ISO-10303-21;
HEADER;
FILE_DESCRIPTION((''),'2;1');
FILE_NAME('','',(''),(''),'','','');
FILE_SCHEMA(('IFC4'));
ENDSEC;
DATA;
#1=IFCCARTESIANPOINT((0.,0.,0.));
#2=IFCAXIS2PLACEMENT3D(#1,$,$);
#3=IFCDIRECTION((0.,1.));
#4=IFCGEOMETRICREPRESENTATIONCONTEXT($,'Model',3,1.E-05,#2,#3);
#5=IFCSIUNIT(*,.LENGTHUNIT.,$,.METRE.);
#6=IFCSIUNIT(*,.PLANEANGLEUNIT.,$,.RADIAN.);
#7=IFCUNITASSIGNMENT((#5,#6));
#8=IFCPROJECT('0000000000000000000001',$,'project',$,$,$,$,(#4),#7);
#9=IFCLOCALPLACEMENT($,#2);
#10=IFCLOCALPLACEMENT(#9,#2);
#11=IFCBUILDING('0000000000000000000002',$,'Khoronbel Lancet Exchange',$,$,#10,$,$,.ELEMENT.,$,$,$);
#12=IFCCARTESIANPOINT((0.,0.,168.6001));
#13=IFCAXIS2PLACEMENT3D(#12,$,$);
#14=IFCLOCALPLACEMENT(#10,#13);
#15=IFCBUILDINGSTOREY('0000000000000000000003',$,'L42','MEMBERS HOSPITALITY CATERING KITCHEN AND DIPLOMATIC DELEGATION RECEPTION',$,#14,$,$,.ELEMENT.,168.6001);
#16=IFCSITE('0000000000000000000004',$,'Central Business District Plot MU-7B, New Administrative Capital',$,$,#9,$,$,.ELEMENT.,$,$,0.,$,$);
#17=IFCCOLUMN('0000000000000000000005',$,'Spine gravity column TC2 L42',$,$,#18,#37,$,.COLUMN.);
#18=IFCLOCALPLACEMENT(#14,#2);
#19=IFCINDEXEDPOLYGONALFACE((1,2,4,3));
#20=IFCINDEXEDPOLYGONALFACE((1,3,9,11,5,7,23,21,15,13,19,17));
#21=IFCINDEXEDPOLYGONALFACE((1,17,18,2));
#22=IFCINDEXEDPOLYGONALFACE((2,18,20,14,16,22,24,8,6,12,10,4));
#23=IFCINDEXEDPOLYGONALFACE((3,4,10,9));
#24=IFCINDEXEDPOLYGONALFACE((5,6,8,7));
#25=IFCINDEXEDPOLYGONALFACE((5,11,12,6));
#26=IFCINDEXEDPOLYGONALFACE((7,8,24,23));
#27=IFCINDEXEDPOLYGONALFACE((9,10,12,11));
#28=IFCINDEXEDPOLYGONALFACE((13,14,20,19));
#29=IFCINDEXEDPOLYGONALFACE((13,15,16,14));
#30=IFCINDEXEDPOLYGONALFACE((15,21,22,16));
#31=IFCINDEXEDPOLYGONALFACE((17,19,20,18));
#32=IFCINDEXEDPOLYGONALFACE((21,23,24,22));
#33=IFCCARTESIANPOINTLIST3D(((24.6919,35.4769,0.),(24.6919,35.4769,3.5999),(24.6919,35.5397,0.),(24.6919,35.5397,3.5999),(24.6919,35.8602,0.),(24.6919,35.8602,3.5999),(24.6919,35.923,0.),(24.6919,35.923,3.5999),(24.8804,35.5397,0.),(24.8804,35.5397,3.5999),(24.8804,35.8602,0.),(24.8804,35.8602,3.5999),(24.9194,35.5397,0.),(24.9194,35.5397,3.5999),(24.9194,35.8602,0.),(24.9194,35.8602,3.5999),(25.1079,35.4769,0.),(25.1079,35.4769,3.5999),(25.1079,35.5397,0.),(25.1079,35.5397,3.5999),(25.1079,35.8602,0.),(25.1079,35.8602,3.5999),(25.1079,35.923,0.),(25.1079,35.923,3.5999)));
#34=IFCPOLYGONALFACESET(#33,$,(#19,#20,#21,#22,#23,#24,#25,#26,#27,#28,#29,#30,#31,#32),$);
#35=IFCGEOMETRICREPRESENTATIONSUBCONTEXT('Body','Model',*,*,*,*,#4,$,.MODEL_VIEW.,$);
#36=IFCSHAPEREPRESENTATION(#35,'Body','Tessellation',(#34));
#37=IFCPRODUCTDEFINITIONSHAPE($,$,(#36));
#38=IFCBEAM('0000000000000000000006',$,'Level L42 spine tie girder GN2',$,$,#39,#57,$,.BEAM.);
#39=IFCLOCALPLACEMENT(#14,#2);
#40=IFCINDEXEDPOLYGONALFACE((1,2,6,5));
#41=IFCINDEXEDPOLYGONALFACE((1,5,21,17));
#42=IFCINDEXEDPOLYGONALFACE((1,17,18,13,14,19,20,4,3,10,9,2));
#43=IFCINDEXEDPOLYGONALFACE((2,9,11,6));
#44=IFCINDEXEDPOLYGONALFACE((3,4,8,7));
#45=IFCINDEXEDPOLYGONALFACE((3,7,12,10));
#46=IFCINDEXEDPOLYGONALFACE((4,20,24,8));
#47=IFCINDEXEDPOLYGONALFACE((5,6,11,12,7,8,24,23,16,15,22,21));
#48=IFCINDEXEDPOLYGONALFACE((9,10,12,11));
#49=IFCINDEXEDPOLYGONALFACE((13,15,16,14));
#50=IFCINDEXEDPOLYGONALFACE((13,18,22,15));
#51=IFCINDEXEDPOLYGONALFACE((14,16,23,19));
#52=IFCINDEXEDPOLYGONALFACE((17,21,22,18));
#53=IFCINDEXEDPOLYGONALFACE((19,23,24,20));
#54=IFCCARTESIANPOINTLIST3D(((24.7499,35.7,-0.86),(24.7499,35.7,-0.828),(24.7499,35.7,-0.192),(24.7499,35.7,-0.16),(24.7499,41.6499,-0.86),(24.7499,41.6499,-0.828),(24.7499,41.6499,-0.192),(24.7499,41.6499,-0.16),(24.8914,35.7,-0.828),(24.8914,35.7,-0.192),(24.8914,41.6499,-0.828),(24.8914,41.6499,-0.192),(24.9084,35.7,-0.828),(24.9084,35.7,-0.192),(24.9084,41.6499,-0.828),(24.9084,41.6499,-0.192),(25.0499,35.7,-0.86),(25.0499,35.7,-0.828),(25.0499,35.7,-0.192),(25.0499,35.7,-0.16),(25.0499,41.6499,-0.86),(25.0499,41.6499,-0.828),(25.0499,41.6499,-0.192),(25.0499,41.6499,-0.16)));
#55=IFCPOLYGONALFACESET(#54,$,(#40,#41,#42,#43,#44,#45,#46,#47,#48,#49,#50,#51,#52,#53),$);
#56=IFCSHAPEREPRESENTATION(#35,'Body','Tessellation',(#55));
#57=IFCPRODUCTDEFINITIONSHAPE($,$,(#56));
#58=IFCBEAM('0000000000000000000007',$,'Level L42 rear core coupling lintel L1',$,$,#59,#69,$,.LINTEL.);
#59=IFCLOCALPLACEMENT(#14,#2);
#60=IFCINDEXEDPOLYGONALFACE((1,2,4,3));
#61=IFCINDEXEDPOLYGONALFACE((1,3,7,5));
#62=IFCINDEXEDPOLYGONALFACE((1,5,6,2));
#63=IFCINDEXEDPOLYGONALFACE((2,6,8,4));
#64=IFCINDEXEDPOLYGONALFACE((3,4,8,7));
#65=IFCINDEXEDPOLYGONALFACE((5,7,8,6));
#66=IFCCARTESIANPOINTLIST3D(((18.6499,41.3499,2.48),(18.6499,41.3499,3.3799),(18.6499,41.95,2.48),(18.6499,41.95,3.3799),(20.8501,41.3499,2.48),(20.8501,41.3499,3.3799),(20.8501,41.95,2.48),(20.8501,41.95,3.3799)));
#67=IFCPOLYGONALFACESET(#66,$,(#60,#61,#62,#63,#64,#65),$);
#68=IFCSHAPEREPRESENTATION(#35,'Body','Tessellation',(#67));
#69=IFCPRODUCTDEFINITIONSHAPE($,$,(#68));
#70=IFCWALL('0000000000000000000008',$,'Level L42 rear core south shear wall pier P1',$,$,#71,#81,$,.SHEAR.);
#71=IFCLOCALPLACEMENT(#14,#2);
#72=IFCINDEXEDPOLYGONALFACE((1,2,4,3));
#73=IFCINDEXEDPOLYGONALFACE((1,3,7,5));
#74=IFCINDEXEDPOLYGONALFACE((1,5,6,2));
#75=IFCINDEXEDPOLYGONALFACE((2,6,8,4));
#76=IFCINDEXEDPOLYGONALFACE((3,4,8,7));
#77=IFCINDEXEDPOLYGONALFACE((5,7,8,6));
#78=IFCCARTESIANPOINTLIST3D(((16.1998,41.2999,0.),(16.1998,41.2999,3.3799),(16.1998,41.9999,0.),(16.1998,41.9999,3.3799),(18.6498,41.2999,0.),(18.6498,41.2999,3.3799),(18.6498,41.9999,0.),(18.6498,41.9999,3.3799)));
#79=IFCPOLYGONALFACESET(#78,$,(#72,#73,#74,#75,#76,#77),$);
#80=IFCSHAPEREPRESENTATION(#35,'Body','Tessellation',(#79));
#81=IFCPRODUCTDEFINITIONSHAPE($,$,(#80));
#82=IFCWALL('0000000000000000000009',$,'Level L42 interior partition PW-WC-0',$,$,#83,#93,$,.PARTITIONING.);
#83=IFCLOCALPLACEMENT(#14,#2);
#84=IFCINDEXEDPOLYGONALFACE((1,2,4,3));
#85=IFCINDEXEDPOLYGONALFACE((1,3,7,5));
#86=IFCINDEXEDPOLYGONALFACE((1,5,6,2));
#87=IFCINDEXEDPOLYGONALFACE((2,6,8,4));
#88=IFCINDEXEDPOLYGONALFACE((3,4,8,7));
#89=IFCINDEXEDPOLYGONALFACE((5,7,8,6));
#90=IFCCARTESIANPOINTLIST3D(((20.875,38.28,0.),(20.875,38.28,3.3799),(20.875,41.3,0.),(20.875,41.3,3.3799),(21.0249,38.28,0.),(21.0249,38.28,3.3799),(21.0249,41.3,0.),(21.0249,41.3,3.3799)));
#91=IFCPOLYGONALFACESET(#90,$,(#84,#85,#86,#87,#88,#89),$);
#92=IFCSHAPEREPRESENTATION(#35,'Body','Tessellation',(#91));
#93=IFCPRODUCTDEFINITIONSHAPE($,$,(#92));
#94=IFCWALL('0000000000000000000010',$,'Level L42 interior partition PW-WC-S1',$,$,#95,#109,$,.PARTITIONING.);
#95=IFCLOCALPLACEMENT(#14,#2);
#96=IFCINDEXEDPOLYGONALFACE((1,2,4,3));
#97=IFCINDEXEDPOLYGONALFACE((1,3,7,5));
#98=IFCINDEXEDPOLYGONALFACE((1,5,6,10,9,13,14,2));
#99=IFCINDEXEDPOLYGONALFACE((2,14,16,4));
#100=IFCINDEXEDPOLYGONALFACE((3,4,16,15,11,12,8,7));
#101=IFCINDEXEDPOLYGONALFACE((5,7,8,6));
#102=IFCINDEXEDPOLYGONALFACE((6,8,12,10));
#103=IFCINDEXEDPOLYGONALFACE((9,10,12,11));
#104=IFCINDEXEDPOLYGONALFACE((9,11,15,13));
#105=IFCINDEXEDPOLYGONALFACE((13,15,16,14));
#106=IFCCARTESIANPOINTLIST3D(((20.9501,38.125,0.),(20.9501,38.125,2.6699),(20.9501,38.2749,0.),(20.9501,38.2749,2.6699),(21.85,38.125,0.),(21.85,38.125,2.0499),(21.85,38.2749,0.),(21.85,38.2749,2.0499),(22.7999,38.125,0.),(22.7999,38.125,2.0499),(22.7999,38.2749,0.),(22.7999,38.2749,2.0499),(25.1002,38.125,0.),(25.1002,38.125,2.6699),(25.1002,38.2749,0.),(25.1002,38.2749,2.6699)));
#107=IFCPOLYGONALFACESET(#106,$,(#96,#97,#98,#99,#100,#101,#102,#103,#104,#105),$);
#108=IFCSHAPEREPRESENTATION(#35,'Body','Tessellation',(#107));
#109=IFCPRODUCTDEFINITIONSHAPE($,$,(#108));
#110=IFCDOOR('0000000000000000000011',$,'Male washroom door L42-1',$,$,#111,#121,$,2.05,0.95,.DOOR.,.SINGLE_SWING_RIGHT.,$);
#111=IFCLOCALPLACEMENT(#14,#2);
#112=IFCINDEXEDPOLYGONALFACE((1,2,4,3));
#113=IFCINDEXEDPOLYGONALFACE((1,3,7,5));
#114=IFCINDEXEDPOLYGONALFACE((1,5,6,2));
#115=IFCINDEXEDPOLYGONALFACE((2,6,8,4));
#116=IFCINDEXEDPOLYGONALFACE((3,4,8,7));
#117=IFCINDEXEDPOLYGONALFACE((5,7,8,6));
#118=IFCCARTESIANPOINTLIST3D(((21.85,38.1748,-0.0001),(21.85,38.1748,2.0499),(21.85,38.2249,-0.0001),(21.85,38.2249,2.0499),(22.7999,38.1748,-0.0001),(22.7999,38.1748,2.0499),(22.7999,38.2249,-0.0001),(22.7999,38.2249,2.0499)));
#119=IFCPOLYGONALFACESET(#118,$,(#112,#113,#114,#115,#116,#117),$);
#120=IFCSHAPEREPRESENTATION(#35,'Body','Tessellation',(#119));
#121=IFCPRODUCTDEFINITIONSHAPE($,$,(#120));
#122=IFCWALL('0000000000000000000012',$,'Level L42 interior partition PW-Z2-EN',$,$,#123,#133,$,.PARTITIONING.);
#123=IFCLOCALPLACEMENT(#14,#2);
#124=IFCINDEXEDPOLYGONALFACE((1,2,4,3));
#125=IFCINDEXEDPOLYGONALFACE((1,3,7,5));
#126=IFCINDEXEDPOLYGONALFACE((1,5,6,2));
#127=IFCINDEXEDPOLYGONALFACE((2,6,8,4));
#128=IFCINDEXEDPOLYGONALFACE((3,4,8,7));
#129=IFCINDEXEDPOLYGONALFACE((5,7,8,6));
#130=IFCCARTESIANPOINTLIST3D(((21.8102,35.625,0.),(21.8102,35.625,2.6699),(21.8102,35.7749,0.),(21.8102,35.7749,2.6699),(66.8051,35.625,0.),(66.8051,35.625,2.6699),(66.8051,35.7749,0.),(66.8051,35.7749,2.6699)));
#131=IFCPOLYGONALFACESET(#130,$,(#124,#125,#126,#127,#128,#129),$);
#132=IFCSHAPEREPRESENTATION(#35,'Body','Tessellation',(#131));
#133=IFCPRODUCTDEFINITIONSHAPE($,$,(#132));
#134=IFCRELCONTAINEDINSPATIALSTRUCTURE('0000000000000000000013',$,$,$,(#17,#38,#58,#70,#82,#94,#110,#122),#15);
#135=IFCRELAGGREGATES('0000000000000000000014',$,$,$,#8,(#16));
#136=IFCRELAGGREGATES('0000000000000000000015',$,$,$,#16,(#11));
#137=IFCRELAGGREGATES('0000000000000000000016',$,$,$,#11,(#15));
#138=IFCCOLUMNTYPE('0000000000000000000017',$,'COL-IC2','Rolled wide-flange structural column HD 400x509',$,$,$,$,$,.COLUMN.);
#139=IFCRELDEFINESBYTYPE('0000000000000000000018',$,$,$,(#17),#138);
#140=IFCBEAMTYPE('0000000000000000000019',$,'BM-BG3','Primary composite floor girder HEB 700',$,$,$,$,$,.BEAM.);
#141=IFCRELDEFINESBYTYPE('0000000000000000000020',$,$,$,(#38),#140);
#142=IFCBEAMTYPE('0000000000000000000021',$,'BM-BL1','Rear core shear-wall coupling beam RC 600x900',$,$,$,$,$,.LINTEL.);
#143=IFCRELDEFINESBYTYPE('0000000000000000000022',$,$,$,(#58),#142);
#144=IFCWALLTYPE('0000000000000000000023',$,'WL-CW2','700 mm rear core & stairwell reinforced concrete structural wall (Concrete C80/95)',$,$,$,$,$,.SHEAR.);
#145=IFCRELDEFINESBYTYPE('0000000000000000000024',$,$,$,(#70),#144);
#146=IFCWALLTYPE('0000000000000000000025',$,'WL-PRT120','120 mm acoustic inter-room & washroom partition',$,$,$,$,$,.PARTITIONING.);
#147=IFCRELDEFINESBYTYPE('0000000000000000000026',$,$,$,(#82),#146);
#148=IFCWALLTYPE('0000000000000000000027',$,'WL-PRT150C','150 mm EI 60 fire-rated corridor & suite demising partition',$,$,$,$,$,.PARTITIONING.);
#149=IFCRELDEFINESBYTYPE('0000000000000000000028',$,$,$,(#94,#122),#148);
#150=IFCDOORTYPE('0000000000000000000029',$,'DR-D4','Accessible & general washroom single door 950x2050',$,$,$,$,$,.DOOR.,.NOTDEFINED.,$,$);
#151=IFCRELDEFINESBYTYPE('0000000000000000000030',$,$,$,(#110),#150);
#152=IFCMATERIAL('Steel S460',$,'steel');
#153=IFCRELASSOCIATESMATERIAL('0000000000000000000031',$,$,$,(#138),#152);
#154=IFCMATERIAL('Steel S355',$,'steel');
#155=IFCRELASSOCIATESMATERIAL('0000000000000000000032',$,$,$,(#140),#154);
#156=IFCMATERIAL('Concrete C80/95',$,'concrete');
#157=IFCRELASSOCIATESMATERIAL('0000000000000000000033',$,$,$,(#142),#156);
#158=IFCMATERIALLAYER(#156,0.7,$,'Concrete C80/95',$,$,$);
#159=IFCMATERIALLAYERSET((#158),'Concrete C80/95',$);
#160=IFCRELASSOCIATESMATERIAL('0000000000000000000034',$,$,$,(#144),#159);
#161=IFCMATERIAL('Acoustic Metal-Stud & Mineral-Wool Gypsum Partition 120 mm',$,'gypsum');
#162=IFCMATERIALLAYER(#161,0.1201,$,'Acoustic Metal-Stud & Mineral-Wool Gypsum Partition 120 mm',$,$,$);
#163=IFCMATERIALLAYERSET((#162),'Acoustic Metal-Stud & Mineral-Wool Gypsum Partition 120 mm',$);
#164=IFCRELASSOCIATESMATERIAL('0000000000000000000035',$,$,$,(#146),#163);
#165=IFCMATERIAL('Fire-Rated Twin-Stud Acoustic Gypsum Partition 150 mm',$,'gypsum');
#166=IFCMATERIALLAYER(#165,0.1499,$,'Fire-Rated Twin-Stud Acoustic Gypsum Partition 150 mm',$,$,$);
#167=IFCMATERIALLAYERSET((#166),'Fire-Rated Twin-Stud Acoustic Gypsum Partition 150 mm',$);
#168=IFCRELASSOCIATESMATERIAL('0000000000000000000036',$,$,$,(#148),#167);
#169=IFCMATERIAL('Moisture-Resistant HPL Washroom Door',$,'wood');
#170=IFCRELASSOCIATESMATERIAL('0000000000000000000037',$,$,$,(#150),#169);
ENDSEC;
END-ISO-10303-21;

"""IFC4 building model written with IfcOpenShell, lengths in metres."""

from ifc_helpers import new_model, si_unit, direction, frame, frame_2d, origin, origin_2d, place, context, subcontext, project, spatial, rectangle, i_section, extrude, material, layer, layer_set, material_profile, profile_set, type_object, element, fill, save


model = new_model("IFC4")

# Units and contexts
model_context = context("Model", 3, precision=1e-05, world=origin(), true_north=direction((0.0, 1.0)))
body_context = subcontext(model_context, "Body", "Model", "MODEL_VIEW")
ifc_project = project(units=[si_unit("LENGTHUNIT", "METRE"), si_unit("PLANEANGLEUNIT", "RADIAN")], contexts=[model_context])

# Site, building, storey
site_placement = place(None, origin())
site = spatial("IfcSite", under=ifc_project, at=site_placement, Name="Central Business District Plot MU-7B, New Administrative Capital", CompositionType="ELEMENT", RefElevation=0.0)
building_placement = place(site_placement, origin())
building = spatial("IfcBuilding", under=site, at=building_placement, Name="Khoronbel Lancet Exchange", CompositionType="ELEMENT")
storey_placement = place(building_placement, frame((0.0, 0.0, 168.6001)))
storey = spatial("IfcBuildingStorey", under=building, at=storey_placement, Name="L42", Description="MEMBERS HOSPITALITY CATERING KITCHEN AND DIPLOMATIC DELEGATION RECEPTION", CompositionType="ELEMENT", Elevation=168.6001)

# Column
ifc_material_1 = material(Name="Steel S460", Category="steel")
ifc_material_profile_1 = material_profile(ifc_material_1, i_section(OverallWidth=0.416, OverallDepth=0.446, WebThickness=0.0391, FlangeThickness=0.0627, at=origin_2d()), Name="HD 400x509")
ifc_profile_set_1 = profile_set([ifc_material_profile_1], Name="Steel S460")
column_type = type_object("IfcColumnType", Name="COL-IC2", Description="Rolled wide-flange structural column HD 400x509", PredefinedType="COLUMN", material=ifc_profile_set_1)
column_placement = place(storey_placement, frame((24.8999, 35.7, 0.0), z_axis=(0.0, 0.0, 1.0), x_axis=(1.0, 0.0, 0.0)))
element("IfcColumn", 1, at=column_placement, inside=storey, type_object=column_type, Name="Spine gravity column TC2 L42", PredefinedType="COLUMN", context=body_context, shape_type="SweptSolid", body=[
    extrude(i_section(OverallWidth=0.416, OverallDepth=0.446, WebThickness=0.0391, FlangeThickness=0.0627, at=origin_2d()), origin(), (0.0, 0.0, 1.0), 3.5999),
])

# Beams
ifc_material_2 = material(Name="Steel S355", Category="steel")
ifc_material_profile_2 = material_profile(ifc_material_2, i_section(OverallWidth=0.3, OverallDepth=0.7, WebThickness=0.0171, FlangeThickness=0.032, at=origin_2d()), Name="HEB 700")
ifc_profile_set_2 = profile_set([ifc_material_profile_2], Name="Steel S355")
beam_type_1 = type_object("IfcBeamType", Name="BM-BG3", Description="Primary composite floor girder HEB 700", PredefinedType="BEAM", material=ifc_profile_set_2)
beam_1_placement = place(storey_placement, frame((24.8999, 35.7, -0.51), z_axis=(0.0, 1.0, 0.0), x_axis=(-1.0, 0.0, 0.0)))
element("IfcBeam", 2, at=beam_1_placement, inside=storey, type_object=beam_type_1, Name="Level L42 spine tie girder GN2", PredefinedType="BEAM", context=body_context, shape_type="SweptSolid", body=[
    extrude(i_section(OverallWidth=0.3, OverallDepth=0.7, WebThickness=0.0171, FlangeThickness=0.032, at=origin_2d()), origin(), (0.0, 0.0, 1.0), 5.95),
])
ifc_material_3 = material(Name="Concrete C80/95", Category="concrete")
ifc_material_profile_3 = material_profile(ifc_material_3, rectangle(XDim=0.6001, YDim=0.8999, at=origin_2d()), Name="RC 600x900")
ifc_profile_set_3 = profile_set([ifc_material_profile_3], Name="Concrete C80/95")
beam_type_2 = type_object("IfcBeamType", Name="BM-BL1", Description="Rear core shear-wall coupling beam RC 600x900", PredefinedType="LINTEL", material=ifc_profile_set_3)
beam_2_placement = place(storey_placement, frame((18.6499, 41.6499, 2.9299), z_axis=(1.0, 0.0, 0.0), x_axis=(0.0, 1.0, 0.0)))
element("IfcBeam", 3, at=beam_2_placement, inside=storey, type_object=beam_type_2, Name="Level L42 rear core coupling lintel L1", PredefinedType="LINTEL", context=body_context, shape_type="SweptSolid", body=[
    extrude(rectangle(XDim=0.6001, YDim=0.8999, at=origin_2d()), origin(), (0.0, 0.0, 1.0), 2.2002),
])

# Walls
ifc_layer_1 = layer(ifc_material_3, 0.7, Name="Concrete C80/95")
ifc_layer_set_1 = layer_set([ifc_layer_1], Name="Concrete C80/95")
wall_type_1 = type_object("IfcWallType", Name="WL-CW2", Description="700 mm rear core & stairwell reinforced concrete structural wall (Concrete C80/95)", PredefinedType="SHEAR", material=ifc_layer_set_1)
wall_1_placement = place(storey_placement, frame((18.6499, 41.6499, 0.0), z_axis=(0.0, 0.0, 1.0), x_axis=(-1.0, 0.0, 0.0)))
element("IfcWall", 4, at=wall_1_placement, inside=storey, type_object=wall_type_1, Name="Level L42 rear core south shear wall pier P1", PredefinedType="SHEAR", context=body_context, shape_type="SweptSolid", body=[
    extrude(rectangle(XDim=2.45, YDim=0.7, at=frame_2d((1.2251, 0.0))), origin(), (0.0, 0.0, 1.0), 3.3799),
])
ifc_material_4 = material(Name="Acoustic Metal-Stud & Mineral-Wool Gypsum Partition 120 mm", Category="gypsum")
ifc_layer_2 = layer(ifc_material_4, 0.1201, Name="Acoustic Metal-Stud & Mineral-Wool Gypsum Partition 120 mm")
ifc_layer_set_2 = layer_set([ifc_layer_2], Name="Acoustic Metal-Stud & Mineral-Wool Gypsum Partition 120 mm")
wall_type_2 = type_object("IfcWallType", Name="WL-PRT120", Description="120 mm acoustic inter-room & washroom partition", PredefinedType="PARTITIONING", material=ifc_layer_set_2)
wall_2_placement = place(storey_placement, frame((20.95, 38.28, 0.0), z_axis=(0.0, 0.0, 1.0), x_axis=(0.0, 1.0, 0.0)))
element("IfcWall", 5, at=wall_2_placement, inside=storey, type_object=wall_type_2, Name="Level L42 interior partition PW-WC-0", PredefinedType="PARTITIONING", context=body_context, shape_type="SweptSolid", body=[
    extrude(rectangle(XDim=3.02, YDim=0.1499, at=frame_2d((1.51, 0.0))), origin(), (0.0, 0.0, 1.0), 3.3799),
])

# Wall, opening, door
ifc_material_5 = material(Name="Fire-Rated Twin-Stud Acoustic Gypsum Partition 150 mm", Category="gypsum")
ifc_layer_3 = layer(ifc_material_5, 0.1499, Name="Fire-Rated Twin-Stud Acoustic Gypsum Partition 150 mm")
ifc_layer_set_3 = layer_set([ifc_layer_3], Name="Fire-Rated Twin-Stud Acoustic Gypsum Partition 150 mm")
wall_type_3 = type_object("IfcWallType", Name="WL-PRT150C", Description="150 mm EI 60 fire-rated corridor & suite demising partition", PredefinedType="PARTITIONING", material=ifc_layer_set_3)
wall_3_placement = place(storey_placement, frame((20.95, 38.2, 0.0), z_axis=(0.0, 0.0, 1.0), x_axis=(1.0, 0.0, 0.0)))
wall_3 = element("IfcWall", 6, at=wall_3_placement, inside=storey, type_object=wall_type_3, Name="Level L42 interior partition PW-WC-S1", PredefinedType="PARTITIONING", context=body_context, shape_type="SweptSolid", body=[
    extrude(rectangle(XDim=4.1501, YDim=0.1499, at=frame_2d((2.0752, 0.0))), origin(), (0.0, 0.0, 1.0), 2.6699),
])
opening_1_placement = place(wall_3_placement, frame((0.8999, 0.0, 0.0)))
opening_1 = element("IfcOpeningElement", 7, at=opening_1_placement, cuts=wall_3, PredefinedType="OPENING", context=body_context, shape_type="SweptSolid", body=[
    extrude(rectangle(XDim=0.95, YDim=2.05, at=frame_2d((0.4751, 1.0249))), frame((0.0, 0.085, 0.0), z_axis=(0.0, -1.0, 0.0), x_axis=(1.0, 0.0, 0.0)), (0.0, 0.0, 1.0), 0.1699),
])
ifc_material_6 = material(Name="Moisture-Resistant HPL Washroom Door", Category="wood")
door_type_1 = type_object("IfcDoorType", Name="DR-D4", Description="Accessible & general washroom single door 950x2050", OperationType="NOTDEFINED", PredefinedType="DOOR", material=ifc_material_6)
door_1_placement = place(opening_1_placement, origin())
door_1 = element("IfcDoor", 8, at=door_1_placement, inside=storey, type_object=door_type_1, Name="Male washroom door L42-1", OperationType="SINGLE_SWING_RIGHT", OverallHeight=2.05, OverallWidth=0.95, PredefinedType="DOOR", context=body_context, shape_type="SweptSolid", body=[
    extrude(rectangle(XDim=0.95, YDim=2.05, at=frame_2d((0.4751, 1.0249))), frame((0.0, 0.0249, 0.0), z_axis=(0.0, -1.0, 0.0), x_axis=(1.0, 0.0, 0.0)), (0.0, 0.0, 1.0), 0.05),
])
fill(opening_1, door_1)

# Wall
wall_4_placement = place(storey_placement, frame((21.8101, 35.7, 0.0), z_axis=(0.0, 0.0, 1.0), x_axis=(1.0, 0.0, 0.0)))
element("IfcWall", 9, at=wall_4_placement, inside=storey, type_object=wall_type_3, Name="Level L42 interior partition PW-Z2-EN", PredefinedType="PARTITIONING", context=body_context, shape_type="SweptSolid", body=[
    extrude(rectangle(XDim=44.9949, YDim=0.1499, at=frame_2d((22.4976, 0.0))), origin(), (0.0, 0.0, 1.0), 2.6699),
])

save(model, "model.ifc")
